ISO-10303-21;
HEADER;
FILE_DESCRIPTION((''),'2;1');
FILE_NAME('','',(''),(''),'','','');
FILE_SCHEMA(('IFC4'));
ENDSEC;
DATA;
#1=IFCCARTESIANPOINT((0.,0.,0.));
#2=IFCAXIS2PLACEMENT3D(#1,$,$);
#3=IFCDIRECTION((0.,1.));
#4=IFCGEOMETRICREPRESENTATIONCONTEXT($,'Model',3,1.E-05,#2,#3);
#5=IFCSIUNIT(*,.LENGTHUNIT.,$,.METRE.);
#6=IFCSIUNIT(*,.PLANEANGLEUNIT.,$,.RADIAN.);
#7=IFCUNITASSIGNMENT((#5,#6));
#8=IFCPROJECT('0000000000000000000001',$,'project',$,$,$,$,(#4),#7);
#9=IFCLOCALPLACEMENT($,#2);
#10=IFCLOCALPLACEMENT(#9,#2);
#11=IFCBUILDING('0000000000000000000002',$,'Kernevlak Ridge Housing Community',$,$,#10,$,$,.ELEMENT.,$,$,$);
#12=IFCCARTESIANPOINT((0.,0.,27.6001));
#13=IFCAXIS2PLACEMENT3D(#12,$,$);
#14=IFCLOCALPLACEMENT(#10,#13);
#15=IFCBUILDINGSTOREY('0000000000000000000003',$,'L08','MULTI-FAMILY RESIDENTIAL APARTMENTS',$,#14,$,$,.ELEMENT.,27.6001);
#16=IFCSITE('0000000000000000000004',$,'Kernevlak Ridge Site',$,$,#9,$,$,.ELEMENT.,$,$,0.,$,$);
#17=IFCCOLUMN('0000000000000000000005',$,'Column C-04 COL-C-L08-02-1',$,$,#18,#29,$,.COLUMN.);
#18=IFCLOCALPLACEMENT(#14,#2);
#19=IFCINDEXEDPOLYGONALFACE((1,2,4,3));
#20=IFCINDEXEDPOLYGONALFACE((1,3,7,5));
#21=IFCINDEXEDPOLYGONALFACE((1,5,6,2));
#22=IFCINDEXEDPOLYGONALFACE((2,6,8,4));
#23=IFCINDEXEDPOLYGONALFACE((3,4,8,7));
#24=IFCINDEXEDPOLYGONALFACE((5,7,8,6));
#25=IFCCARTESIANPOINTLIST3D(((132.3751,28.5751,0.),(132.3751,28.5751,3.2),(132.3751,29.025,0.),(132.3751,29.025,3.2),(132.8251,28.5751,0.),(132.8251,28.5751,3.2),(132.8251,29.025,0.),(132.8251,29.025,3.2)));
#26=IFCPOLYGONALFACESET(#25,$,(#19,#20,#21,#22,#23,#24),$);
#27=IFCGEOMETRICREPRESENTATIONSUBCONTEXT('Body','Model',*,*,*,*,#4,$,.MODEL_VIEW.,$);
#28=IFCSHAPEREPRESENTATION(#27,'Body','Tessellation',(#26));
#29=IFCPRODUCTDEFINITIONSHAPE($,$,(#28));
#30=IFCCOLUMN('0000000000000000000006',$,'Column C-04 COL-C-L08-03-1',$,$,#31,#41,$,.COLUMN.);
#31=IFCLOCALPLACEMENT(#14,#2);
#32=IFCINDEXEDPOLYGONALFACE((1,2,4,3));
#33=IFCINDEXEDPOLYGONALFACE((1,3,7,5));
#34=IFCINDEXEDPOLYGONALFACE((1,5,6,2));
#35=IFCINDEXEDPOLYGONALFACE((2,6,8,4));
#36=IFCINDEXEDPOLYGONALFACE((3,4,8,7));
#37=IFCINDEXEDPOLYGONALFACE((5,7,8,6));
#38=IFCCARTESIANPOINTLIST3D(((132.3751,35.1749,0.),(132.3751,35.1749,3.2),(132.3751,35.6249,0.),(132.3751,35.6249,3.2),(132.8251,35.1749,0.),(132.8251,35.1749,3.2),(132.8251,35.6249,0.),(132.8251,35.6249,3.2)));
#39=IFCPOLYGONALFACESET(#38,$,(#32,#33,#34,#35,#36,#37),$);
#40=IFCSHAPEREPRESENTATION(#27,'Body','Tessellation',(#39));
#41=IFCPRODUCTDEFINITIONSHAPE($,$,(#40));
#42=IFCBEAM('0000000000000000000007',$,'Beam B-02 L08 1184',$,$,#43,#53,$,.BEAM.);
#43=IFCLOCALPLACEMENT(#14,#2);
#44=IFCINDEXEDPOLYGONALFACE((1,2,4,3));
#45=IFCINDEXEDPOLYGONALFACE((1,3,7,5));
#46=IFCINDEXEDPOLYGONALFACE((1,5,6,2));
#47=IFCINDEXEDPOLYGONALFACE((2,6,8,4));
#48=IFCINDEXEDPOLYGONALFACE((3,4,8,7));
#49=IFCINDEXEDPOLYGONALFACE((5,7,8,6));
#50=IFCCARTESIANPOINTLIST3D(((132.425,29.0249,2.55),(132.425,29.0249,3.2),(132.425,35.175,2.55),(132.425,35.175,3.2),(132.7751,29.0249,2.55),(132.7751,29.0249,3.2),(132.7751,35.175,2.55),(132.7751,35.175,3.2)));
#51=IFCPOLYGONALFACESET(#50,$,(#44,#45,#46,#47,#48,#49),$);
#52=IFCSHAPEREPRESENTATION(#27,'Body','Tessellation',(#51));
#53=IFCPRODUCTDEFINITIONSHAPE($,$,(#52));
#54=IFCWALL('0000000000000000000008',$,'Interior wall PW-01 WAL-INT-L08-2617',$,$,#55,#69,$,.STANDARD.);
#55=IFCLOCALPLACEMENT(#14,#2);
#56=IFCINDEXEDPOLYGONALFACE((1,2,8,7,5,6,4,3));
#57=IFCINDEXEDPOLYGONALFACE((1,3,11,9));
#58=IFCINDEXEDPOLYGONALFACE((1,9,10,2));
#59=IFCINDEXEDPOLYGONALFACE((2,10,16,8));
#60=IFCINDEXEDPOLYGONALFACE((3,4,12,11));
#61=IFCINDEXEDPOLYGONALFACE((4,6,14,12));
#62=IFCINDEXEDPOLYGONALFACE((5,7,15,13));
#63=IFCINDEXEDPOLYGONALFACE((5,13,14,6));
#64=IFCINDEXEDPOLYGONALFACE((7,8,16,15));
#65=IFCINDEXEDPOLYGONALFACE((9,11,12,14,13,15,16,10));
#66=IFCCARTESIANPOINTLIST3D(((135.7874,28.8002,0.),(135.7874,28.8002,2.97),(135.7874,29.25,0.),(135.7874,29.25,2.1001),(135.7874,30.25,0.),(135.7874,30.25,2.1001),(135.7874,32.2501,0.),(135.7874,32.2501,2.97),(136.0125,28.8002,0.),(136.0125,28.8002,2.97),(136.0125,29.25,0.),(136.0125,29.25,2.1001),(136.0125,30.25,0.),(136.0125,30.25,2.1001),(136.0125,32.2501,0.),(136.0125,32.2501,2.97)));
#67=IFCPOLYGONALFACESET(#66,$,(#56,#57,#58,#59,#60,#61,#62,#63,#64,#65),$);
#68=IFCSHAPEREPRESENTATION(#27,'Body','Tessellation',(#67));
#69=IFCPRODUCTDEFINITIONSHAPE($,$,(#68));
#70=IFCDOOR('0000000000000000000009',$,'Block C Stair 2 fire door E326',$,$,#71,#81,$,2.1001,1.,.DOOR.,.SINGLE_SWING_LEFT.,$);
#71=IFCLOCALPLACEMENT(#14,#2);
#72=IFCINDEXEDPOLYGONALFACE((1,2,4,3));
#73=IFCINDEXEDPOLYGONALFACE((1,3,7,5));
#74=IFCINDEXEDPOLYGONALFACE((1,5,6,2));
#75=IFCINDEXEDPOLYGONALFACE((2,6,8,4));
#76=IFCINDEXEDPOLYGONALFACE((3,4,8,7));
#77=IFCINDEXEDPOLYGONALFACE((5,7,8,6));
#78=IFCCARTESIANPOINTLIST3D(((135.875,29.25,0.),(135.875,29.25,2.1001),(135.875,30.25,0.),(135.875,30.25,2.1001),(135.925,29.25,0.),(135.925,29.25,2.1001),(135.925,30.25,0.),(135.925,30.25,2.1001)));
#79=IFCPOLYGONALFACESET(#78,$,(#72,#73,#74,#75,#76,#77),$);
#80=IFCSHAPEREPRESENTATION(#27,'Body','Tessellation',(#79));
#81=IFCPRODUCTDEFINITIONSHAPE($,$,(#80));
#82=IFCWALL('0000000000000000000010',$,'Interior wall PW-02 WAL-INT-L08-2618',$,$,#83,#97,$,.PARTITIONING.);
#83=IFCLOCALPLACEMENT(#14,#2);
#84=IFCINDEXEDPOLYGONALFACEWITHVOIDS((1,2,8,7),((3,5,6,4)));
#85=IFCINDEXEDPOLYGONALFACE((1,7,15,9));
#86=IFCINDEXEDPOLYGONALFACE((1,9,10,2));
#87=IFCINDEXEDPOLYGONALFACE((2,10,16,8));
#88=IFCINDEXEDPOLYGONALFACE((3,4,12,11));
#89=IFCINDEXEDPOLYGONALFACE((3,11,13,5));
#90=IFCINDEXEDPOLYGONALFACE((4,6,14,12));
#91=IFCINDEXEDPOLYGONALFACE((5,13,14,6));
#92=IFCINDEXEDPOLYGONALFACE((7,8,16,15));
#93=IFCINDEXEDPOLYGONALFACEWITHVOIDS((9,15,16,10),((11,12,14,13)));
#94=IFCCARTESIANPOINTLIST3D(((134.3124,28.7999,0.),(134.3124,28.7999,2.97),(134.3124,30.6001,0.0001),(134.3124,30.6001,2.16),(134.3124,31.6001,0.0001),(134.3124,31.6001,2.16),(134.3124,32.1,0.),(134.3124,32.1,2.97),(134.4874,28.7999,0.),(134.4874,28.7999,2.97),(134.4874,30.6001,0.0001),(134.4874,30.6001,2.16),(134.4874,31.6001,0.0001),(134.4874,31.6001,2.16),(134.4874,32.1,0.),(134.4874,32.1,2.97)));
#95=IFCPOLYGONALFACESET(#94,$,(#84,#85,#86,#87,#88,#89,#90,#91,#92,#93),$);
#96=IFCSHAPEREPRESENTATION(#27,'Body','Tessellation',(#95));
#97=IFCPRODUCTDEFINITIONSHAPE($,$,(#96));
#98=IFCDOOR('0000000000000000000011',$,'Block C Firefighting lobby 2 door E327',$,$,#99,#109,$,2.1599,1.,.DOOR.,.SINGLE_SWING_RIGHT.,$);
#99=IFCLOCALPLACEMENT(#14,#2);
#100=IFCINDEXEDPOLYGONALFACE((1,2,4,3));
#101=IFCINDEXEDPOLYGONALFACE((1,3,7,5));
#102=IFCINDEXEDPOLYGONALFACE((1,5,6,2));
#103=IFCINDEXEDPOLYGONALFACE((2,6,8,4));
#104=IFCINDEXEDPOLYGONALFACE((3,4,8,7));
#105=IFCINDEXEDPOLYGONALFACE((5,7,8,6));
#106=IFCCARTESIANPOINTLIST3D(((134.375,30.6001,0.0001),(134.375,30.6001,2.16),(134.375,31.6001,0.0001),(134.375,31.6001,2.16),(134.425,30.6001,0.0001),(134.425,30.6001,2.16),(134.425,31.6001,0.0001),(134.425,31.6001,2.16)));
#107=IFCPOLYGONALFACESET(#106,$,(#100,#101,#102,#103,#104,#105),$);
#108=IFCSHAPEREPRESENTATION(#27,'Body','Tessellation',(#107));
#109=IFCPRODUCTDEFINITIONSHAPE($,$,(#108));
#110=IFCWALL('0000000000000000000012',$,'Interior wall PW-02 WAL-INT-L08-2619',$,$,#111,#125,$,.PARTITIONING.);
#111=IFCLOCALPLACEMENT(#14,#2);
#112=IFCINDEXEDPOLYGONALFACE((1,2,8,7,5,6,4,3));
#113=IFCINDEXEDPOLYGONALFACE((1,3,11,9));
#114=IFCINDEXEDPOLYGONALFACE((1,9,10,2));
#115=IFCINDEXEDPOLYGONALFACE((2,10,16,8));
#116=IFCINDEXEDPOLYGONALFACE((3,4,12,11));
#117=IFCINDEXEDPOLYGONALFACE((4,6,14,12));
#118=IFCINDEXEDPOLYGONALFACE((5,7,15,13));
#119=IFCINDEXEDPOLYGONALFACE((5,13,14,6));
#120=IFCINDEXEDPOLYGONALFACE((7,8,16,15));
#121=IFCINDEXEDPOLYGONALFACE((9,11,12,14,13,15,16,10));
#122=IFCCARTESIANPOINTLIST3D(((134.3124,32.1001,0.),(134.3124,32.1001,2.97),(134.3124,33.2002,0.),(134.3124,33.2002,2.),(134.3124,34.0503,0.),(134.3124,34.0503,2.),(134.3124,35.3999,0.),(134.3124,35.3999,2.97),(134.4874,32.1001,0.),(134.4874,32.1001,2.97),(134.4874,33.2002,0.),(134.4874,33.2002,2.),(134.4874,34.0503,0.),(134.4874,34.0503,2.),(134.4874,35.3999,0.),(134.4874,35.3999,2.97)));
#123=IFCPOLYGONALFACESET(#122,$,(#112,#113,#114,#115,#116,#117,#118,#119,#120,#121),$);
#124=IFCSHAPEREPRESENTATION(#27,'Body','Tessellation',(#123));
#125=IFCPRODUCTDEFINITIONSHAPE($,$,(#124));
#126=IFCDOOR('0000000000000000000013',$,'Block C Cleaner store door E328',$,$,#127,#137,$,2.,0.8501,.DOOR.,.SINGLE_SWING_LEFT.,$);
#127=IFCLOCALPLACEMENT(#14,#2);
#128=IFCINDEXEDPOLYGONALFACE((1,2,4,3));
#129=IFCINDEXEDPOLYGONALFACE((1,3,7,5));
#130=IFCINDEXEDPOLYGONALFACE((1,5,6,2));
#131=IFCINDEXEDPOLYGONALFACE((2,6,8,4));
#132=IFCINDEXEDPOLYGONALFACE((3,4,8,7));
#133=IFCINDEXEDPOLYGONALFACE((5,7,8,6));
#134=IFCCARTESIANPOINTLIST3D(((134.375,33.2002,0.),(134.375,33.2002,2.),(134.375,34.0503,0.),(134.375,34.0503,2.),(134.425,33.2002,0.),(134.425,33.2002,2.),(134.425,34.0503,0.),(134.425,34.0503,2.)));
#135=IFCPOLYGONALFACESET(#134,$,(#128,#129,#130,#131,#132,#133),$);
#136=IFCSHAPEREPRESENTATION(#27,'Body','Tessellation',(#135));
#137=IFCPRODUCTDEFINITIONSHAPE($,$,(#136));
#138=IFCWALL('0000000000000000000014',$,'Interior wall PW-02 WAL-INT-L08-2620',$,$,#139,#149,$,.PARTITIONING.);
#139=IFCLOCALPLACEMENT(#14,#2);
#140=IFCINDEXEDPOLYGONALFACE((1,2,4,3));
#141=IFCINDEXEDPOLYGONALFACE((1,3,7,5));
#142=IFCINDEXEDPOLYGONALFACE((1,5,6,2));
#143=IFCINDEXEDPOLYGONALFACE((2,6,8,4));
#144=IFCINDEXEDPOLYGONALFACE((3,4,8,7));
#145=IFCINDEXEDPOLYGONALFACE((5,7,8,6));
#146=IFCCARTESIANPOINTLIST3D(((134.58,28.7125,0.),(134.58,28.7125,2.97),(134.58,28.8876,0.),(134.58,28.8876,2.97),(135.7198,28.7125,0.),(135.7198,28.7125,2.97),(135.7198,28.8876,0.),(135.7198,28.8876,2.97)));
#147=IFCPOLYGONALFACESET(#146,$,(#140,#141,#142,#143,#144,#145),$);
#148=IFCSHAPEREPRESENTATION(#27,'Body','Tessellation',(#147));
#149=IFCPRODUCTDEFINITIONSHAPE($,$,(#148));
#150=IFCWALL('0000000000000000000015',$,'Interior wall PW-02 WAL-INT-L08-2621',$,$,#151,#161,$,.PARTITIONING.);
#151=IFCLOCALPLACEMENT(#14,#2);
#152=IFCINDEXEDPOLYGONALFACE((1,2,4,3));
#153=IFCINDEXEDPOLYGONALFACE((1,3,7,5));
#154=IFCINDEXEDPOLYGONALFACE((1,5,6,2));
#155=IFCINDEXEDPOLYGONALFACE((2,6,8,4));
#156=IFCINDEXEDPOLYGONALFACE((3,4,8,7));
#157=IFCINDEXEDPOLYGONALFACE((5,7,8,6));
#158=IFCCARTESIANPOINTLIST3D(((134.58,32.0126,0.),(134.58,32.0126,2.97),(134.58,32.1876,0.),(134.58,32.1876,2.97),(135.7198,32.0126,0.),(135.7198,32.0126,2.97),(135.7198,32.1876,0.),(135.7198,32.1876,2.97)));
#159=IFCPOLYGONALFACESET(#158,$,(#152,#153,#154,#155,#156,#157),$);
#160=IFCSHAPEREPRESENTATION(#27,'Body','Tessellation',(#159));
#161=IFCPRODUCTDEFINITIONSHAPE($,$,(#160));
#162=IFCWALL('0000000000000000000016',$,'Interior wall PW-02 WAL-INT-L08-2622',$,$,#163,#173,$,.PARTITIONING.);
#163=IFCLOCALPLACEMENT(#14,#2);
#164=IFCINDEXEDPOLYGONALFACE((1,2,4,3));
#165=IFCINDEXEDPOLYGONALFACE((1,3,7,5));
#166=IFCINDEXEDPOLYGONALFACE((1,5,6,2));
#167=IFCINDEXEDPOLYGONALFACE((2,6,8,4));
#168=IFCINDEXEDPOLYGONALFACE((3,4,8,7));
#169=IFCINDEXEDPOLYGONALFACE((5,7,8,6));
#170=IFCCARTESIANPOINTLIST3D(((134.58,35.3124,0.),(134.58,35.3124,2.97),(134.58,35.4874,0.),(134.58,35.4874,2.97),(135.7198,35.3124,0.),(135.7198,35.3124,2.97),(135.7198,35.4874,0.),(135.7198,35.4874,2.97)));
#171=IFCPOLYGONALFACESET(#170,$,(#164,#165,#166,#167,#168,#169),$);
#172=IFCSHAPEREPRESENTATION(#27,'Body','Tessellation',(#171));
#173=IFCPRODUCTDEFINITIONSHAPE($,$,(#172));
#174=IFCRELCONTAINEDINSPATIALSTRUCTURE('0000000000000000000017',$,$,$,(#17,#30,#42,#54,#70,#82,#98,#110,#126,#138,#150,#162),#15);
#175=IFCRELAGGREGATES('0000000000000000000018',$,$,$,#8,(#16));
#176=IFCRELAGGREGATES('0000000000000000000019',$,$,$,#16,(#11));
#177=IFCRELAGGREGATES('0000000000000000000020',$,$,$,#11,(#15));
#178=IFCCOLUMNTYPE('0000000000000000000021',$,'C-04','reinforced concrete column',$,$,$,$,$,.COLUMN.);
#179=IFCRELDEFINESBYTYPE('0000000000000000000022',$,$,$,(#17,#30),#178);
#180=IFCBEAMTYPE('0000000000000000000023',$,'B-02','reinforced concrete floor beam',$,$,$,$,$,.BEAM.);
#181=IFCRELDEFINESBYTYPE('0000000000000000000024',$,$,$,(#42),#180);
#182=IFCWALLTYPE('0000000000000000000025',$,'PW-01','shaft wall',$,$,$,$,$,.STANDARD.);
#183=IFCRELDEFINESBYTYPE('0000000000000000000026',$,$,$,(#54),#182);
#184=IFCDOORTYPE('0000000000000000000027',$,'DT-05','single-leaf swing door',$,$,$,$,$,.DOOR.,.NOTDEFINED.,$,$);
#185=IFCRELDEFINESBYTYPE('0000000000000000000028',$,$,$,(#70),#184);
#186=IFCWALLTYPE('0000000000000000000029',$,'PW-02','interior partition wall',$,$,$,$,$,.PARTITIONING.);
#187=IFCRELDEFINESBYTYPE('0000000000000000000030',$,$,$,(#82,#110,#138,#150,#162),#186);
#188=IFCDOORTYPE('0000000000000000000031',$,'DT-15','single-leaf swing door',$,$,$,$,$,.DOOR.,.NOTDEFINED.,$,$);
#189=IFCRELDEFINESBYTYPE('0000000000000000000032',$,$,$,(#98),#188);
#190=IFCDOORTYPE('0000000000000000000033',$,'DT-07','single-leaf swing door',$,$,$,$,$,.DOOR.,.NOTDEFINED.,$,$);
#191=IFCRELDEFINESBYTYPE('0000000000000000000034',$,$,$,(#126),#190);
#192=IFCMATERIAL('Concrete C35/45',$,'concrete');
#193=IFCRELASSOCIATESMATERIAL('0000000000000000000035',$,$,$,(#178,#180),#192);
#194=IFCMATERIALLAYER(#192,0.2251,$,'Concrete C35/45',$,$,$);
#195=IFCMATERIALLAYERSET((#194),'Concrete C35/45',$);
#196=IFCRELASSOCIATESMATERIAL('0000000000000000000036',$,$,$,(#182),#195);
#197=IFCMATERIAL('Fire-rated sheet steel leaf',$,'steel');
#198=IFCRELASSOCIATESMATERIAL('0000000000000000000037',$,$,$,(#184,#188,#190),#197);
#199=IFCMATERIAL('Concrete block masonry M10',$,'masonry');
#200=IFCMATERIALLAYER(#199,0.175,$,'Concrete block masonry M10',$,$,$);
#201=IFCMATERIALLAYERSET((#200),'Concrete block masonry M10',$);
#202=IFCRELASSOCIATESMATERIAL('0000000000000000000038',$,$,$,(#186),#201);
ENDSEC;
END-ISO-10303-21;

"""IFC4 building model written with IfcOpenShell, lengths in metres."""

from ifc_helpers import new_model, si_unit, direction, frame, frame_2d, origin, origin_2d, place, context, subcontext, project, spatial, rectangle, extrude, material, layer, layer_set, material_profile, profile_set, type_object, element, fill, save


model = new_model("IFC4")

# Units and contexts
model_context = context("Model", 3, precision=1e-05, world=origin(), true_north=direction((0.0, 1.0)))
body_context = subcontext(model_context, "Body", "Model", "MODEL_VIEW")
ifc_project = project(units=[si_unit("LENGTHUNIT", "METRE"), si_unit("PLANEANGLEUNIT", "RADIAN")], contexts=[model_context])

# Site, building, storey
site_placement = place(None, origin())
site = spatial("IfcSite", under=ifc_project, at=site_placement, Name="Kernevlak Ridge Site", CompositionType="ELEMENT", RefElevation=0.0)
building_placement = place(site_placement, origin())
building = spatial("IfcBuilding", under=site, at=building_placement, Name="Kernevlak Ridge Housing Community", CompositionType="ELEMENT")
storey_placement = place(building_placement, frame((0.0, 0.0, 27.6001)))
storey = spatial("IfcBuildingStorey", under=building, at=storey_placement, Name="L08", Description="MULTI-FAMILY RESIDENTIAL APARTMENTS", CompositionType="ELEMENT", Elevation=27.6001)

# Columns
ifc_material_1 = material(Name="Concrete C35/45", Category="concrete")
ifc_material_profile_1 = material_profile(ifc_material_1, rectangle(XDim=0.45, YDim=0.45, at=origin_2d()), Name="RC 450x450")
ifc_profile_set_1 = profile_set([ifc_material_profile_1], Name="Concrete C35/45")
column_type = type_object("IfcColumnType", Name="C-04", Description="reinforced concrete column", PredefinedType="COLUMN", material=ifc_profile_set_1)
for number, where, z_axis, x_axis, name in (
    (1, (132.6001, 28.8, 0.0), (0.0, 0.0, 1.0), (1.0, 0.0, 0.0), "Column C-04 COL-C-L08-02-1"),
    (2, (132.6001, 35.3999, 0.0), (0.0, 0.0, 1.0), (1.0, 0.0, 0.0), "Column C-04 COL-C-L08-03-1"),
):
    element("IfcColumn", number, at=place(storey_placement, frame(where, z_axis=z_axis, x_axis=x_axis)), inside=storey, type_object=column_type, Name=name, PredefinedType="COLUMN", context=body_context, shape_type="SweptSolid", body=[
        extrude(rectangle(XDim=0.45, YDim=0.45, at=origin_2d()), origin(), (0.0, 0.0, 1.0), 3.2),
    ])

# Beam
ifc_material_profile_2 = material_profile(ifc_material_1, rectangle(XDim=0.3501, YDim=0.6499, at=origin_2d()), Name="RC 350x650")
ifc_profile_set_2 = profile_set([ifc_material_profile_2], Name="Concrete C35/45")
beam_type = type_object("IfcBeamType", Name="B-02", Description="reinforced concrete floor beam", PredefinedType="BEAM", material=ifc_profile_set_2)
beam_placement = place(storey_placement, frame((132.6001, 29.0249, 2.875), z_axis=(0.0, 1.0, 0.0), x_axis=(-1.0, 0.0, 0.0)))
element("IfcBeam", 3, at=beam_placement, inside=storey, type_object=beam_type, Name="Beam B-02 L08 1184", PredefinedType="BEAM", context=body_context, shape_type="SweptSolid", body=[
    extrude(rectangle(XDim=0.3501, YDim=0.6499, at=origin_2d()), origin(), (0.0, 0.0, 1.0), 6.1501),
])

# Walls, openings, doors
ifc_layer_1 = layer(ifc_material_1, 0.2251, Name="Concrete C35/45")
ifc_layer_set_1 = layer_set([ifc_layer_1], Name="Concrete C35/45")
wall_type_1 = type_object("IfcWallType", Name="PW-01", Description="shaft wall", PredefinedType="STANDARD", material=ifc_layer_set_1)
wall_1_placement = place(storey_placement, frame((135.8999, 28.8, 0.0), z_axis=(0.0, 0.0, 1.0), x_axis=(0.0, 1.0, 0.0)))
wall_1 = element("IfcWall", 4, at=wall_1_placement, inside=storey, type_object=wall_type_1, Name="Interior wall PW-01 WAL-INT-L08-2617", PredefinedType="STANDARD", context=body_context, shape_type="SweptSolid", body=[
    extrude(rectangle(XDim=3.45, YDim=0.2251, at=frame_2d((1.7251, 0.0))), origin(), (0.0, 0.0, 1.0), 2.97),
])
opening_1_placement = place(wall_1_placement, frame((0.45, 0.0, 0.0)))
opening_1 = element("IfcOpeningElement", 5, at=opening_1_placement, cuts=wall_1, PredefinedType="OPENING", context=body_context, shape_type="SweptSolid", body=[
    extrude(rectangle(XDim=1.0, YDim=2.1001, at=frame_2d((0.5, 1.05))), frame((0.0, 0.1226, 0.0), z_axis=(0.0, -1.0, 0.0), x_axis=(1.0, 0.0, 0.0)), (0.0, 0.0, 1.0), 0.2451),
])
ifc_material_2 = material(Name="Fire-rated sheet steel leaf", Category="steel")
door_type_1 = type_object("IfcDoorType", Name="DT-05", Description="single-leaf swing door", OperationType="NOTDEFINED", PredefinedType="DOOR", material=ifc_material_2)
door_1_placement = place(opening_1_placement, origin())
door_1 = element("IfcDoor", 6, at=door_1_placement, inside=storey, type_object=door_type_1, Name="Block C Stair 2 fire door E326", OperationType="SINGLE_SWING_LEFT", OverallHeight=2.1001, OverallWidth=1.0, PredefinedType="DOOR", context=body_context, shape_type="SweptSolid", body=[
    extrude(rectangle(XDim=1.0, YDim=2.1001, at=frame_2d((0.5, 1.05))), frame((0.0, 0.0249, 0.0), z_axis=(0.0, -1.0, 0.0), x_axis=(1.0, 0.0, 0.0)), (0.0, 0.0, 1.0), 0.05),
])
fill(opening_1, door_1)
ifc_material_3 = material(Name="Concrete block masonry M10", Category="masonry")
ifc_layer_2 = layer(ifc_material_3, 0.175, Name="Concrete block masonry M10")
ifc_layer_set_2 = layer_set([ifc_layer_2], Name="Concrete block masonry M10")
wall_type_2 = type_object("IfcWallType", Name="PW-02", Description="interior partition wall", PredefinedType="PARTITIONING", material=ifc_layer_set_2)
wall_2_placement = place(storey_placement, frame((134.3999, 28.8, 0.0), z_axis=(0.0, 0.0, 1.0), x_axis=(0.0, 1.0, 0.0)))
wall_2 = element("IfcWall", 7, at=wall_2_placement, inside=storey, type_object=wall_type_2, Name="Interior wall PW-02 WAL-INT-L08-2618", PredefinedType="PARTITIONING", context=body_context, shape_type="SweptSolid", body=[
    extrude(rectangle(XDim=3.3, YDim=0.175, at=frame_2d((1.6499, 0.0))), origin(), (0.0, 0.0, 1.0), 2.97),
])
opening_2_placement = place(wall_2_placement, frame((1.8, 0.0, 0.0)))
opening_2 = element("IfcOpeningElement", 8, at=opening_2_placement, cuts=wall_2, PredefinedType="OPENING", context=body_context, shape_type="SweptSolid", body=[
    extrude(rectangle(XDim=1.0, YDim=2.1599, at=frame_2d((0.5, 1.0801))), frame((0.0, 0.0974, 0.0), z_axis=(0.0, -1.0, 0.0), x_axis=(1.0, 0.0, 0.0)), (0.0, 0.0, 1.0), 0.1951),
])
door_type_2 = type_object("IfcDoorType", Name="DT-15", Description="single-leaf swing door", OperationType="NOTDEFINED", PredefinedType="DOOR", material=ifc_material_2)
door_2_placement = place(opening_2_placement, origin())
door_2 = element("IfcDoor", 9, at=door_2_placement, inside=storey, type_object=door_type_2, Name="Block C Firefighting lobby 2 door E327", OperationType="SINGLE_SWING_RIGHT", OverallHeight=2.1599, OverallWidth=1.0, PredefinedType="DOOR", context=body_context, shape_type="SweptSolid", body=[
    extrude(rectangle(XDim=1.0, YDim=2.1599, at=frame_2d((0.5, 1.0801))), frame((0.0, 0.0249, 0.0), z_axis=(0.0, -1.0, 0.0), x_axis=(1.0, 0.0, 0.0)), (0.0, 0.0, 1.0), 0.05),
])
fill(opening_2, door_2)
wall_3_placement = place(storey_placement, frame((134.3999, 32.1001, 0.0), z_axis=(0.0, 0.0, 1.0), x_axis=(0.0, 1.0, 0.0)))
wall_3 = element("IfcWall", 10, at=wall_3_placement, inside=storey, type_object=wall_type_2, Name="Interior wall PW-02 WAL-INT-L08-2619", PredefinedType="PARTITIONING", context=body_context, shape_type="SweptSolid", body=[
    extrude(rectangle(XDim=3.2998, YDim=0.175, at=frame_2d((1.6499, 0.0))), origin(), (0.0, 0.0, 1.0), 2.97),
])
opening_3_placement = place(wall_3_placement, frame((1.1001, 0.0, 0.0)))
opening_3 = element("IfcOpeningElement", 11, at=opening_3_placement, cuts=wall_3, PredefinedType="OPENING", context=body_context, shape_type="SweptSolid", body=[
    extrude(rectangle(XDim=0.8501, YDim=2.0, at=frame_2d((0.425, 1.0))), frame((0.0, 0.0974, 0.0), z_axis=(0.0, -1.0, 0.0), x_axis=(1.0, 0.0, 0.0)), (0.0, 0.0, 1.0), 0.1951),
])
door_type_3 = type_object("IfcDoorType", Name="DT-07", Description="single-leaf swing door", OperationType="NOTDEFINED", PredefinedType="DOOR", material=ifc_material_2)
door_3_placement = place(opening_3_placement, origin())
door_3 = element("IfcDoor", 12, at=door_3_placement, inside=storey, type_object=door_type_3, Name="Block C Cleaner store door E328", OperationType="SINGLE_SWING_LEFT", OverallHeight=2.0, OverallWidth=0.8501, PredefinedType="DOOR", context=body_context, shape_type="SweptSolid", body=[
    extrude(rectangle(XDim=0.8501, YDim=2.0, at=frame_2d((0.425, 1.0))), frame((0.0, 0.0249, 0.0), z_axis=(0.0, -1.0, 0.0), x_axis=(1.0, 0.0, 0.0)), (0.0, 0.0, 1.0), 0.05),
])
fill(opening_3, door_3)

# Walls
for number, where, z_axis, x_axis, name in (
    (13, (134.5801, 28.8, 0.0), (0.0, 0.0, 1.0), (1.0, 0.0, 0.0), "Interior wall PW-02 WAL-INT-L08-2620"),
    (14, (134.5801, 32.1001, 0.0), (0.0, 0.0, 1.0), (1.0, 0.0, 0.0), "Interior wall PW-02 WAL-INT-L08-2621"),
    (15, (134.5801, 35.3999, 0.0), (0.0, 0.0, 1.0), (1.0, 0.0, 0.0), "Interior wall PW-02 WAL-INT-L08-2622"),
):
    element("IfcWall", number, at=place(storey_placement, frame(where, z_axis=z_axis, x_axis=x_axis)), inside=storey, type_object=wall_type_2, Name=name, PredefinedType="PARTITIONING", context=body_context, shape_type="SweptSolid", body=[
        extrude(rectangle(XDim=1.1399, YDim=0.175, at=frame_2d((0.5698, 0.0))), origin(), (0.0, 0.0, 1.0), 2.97),
    ])

save(model, "model.ifc")
